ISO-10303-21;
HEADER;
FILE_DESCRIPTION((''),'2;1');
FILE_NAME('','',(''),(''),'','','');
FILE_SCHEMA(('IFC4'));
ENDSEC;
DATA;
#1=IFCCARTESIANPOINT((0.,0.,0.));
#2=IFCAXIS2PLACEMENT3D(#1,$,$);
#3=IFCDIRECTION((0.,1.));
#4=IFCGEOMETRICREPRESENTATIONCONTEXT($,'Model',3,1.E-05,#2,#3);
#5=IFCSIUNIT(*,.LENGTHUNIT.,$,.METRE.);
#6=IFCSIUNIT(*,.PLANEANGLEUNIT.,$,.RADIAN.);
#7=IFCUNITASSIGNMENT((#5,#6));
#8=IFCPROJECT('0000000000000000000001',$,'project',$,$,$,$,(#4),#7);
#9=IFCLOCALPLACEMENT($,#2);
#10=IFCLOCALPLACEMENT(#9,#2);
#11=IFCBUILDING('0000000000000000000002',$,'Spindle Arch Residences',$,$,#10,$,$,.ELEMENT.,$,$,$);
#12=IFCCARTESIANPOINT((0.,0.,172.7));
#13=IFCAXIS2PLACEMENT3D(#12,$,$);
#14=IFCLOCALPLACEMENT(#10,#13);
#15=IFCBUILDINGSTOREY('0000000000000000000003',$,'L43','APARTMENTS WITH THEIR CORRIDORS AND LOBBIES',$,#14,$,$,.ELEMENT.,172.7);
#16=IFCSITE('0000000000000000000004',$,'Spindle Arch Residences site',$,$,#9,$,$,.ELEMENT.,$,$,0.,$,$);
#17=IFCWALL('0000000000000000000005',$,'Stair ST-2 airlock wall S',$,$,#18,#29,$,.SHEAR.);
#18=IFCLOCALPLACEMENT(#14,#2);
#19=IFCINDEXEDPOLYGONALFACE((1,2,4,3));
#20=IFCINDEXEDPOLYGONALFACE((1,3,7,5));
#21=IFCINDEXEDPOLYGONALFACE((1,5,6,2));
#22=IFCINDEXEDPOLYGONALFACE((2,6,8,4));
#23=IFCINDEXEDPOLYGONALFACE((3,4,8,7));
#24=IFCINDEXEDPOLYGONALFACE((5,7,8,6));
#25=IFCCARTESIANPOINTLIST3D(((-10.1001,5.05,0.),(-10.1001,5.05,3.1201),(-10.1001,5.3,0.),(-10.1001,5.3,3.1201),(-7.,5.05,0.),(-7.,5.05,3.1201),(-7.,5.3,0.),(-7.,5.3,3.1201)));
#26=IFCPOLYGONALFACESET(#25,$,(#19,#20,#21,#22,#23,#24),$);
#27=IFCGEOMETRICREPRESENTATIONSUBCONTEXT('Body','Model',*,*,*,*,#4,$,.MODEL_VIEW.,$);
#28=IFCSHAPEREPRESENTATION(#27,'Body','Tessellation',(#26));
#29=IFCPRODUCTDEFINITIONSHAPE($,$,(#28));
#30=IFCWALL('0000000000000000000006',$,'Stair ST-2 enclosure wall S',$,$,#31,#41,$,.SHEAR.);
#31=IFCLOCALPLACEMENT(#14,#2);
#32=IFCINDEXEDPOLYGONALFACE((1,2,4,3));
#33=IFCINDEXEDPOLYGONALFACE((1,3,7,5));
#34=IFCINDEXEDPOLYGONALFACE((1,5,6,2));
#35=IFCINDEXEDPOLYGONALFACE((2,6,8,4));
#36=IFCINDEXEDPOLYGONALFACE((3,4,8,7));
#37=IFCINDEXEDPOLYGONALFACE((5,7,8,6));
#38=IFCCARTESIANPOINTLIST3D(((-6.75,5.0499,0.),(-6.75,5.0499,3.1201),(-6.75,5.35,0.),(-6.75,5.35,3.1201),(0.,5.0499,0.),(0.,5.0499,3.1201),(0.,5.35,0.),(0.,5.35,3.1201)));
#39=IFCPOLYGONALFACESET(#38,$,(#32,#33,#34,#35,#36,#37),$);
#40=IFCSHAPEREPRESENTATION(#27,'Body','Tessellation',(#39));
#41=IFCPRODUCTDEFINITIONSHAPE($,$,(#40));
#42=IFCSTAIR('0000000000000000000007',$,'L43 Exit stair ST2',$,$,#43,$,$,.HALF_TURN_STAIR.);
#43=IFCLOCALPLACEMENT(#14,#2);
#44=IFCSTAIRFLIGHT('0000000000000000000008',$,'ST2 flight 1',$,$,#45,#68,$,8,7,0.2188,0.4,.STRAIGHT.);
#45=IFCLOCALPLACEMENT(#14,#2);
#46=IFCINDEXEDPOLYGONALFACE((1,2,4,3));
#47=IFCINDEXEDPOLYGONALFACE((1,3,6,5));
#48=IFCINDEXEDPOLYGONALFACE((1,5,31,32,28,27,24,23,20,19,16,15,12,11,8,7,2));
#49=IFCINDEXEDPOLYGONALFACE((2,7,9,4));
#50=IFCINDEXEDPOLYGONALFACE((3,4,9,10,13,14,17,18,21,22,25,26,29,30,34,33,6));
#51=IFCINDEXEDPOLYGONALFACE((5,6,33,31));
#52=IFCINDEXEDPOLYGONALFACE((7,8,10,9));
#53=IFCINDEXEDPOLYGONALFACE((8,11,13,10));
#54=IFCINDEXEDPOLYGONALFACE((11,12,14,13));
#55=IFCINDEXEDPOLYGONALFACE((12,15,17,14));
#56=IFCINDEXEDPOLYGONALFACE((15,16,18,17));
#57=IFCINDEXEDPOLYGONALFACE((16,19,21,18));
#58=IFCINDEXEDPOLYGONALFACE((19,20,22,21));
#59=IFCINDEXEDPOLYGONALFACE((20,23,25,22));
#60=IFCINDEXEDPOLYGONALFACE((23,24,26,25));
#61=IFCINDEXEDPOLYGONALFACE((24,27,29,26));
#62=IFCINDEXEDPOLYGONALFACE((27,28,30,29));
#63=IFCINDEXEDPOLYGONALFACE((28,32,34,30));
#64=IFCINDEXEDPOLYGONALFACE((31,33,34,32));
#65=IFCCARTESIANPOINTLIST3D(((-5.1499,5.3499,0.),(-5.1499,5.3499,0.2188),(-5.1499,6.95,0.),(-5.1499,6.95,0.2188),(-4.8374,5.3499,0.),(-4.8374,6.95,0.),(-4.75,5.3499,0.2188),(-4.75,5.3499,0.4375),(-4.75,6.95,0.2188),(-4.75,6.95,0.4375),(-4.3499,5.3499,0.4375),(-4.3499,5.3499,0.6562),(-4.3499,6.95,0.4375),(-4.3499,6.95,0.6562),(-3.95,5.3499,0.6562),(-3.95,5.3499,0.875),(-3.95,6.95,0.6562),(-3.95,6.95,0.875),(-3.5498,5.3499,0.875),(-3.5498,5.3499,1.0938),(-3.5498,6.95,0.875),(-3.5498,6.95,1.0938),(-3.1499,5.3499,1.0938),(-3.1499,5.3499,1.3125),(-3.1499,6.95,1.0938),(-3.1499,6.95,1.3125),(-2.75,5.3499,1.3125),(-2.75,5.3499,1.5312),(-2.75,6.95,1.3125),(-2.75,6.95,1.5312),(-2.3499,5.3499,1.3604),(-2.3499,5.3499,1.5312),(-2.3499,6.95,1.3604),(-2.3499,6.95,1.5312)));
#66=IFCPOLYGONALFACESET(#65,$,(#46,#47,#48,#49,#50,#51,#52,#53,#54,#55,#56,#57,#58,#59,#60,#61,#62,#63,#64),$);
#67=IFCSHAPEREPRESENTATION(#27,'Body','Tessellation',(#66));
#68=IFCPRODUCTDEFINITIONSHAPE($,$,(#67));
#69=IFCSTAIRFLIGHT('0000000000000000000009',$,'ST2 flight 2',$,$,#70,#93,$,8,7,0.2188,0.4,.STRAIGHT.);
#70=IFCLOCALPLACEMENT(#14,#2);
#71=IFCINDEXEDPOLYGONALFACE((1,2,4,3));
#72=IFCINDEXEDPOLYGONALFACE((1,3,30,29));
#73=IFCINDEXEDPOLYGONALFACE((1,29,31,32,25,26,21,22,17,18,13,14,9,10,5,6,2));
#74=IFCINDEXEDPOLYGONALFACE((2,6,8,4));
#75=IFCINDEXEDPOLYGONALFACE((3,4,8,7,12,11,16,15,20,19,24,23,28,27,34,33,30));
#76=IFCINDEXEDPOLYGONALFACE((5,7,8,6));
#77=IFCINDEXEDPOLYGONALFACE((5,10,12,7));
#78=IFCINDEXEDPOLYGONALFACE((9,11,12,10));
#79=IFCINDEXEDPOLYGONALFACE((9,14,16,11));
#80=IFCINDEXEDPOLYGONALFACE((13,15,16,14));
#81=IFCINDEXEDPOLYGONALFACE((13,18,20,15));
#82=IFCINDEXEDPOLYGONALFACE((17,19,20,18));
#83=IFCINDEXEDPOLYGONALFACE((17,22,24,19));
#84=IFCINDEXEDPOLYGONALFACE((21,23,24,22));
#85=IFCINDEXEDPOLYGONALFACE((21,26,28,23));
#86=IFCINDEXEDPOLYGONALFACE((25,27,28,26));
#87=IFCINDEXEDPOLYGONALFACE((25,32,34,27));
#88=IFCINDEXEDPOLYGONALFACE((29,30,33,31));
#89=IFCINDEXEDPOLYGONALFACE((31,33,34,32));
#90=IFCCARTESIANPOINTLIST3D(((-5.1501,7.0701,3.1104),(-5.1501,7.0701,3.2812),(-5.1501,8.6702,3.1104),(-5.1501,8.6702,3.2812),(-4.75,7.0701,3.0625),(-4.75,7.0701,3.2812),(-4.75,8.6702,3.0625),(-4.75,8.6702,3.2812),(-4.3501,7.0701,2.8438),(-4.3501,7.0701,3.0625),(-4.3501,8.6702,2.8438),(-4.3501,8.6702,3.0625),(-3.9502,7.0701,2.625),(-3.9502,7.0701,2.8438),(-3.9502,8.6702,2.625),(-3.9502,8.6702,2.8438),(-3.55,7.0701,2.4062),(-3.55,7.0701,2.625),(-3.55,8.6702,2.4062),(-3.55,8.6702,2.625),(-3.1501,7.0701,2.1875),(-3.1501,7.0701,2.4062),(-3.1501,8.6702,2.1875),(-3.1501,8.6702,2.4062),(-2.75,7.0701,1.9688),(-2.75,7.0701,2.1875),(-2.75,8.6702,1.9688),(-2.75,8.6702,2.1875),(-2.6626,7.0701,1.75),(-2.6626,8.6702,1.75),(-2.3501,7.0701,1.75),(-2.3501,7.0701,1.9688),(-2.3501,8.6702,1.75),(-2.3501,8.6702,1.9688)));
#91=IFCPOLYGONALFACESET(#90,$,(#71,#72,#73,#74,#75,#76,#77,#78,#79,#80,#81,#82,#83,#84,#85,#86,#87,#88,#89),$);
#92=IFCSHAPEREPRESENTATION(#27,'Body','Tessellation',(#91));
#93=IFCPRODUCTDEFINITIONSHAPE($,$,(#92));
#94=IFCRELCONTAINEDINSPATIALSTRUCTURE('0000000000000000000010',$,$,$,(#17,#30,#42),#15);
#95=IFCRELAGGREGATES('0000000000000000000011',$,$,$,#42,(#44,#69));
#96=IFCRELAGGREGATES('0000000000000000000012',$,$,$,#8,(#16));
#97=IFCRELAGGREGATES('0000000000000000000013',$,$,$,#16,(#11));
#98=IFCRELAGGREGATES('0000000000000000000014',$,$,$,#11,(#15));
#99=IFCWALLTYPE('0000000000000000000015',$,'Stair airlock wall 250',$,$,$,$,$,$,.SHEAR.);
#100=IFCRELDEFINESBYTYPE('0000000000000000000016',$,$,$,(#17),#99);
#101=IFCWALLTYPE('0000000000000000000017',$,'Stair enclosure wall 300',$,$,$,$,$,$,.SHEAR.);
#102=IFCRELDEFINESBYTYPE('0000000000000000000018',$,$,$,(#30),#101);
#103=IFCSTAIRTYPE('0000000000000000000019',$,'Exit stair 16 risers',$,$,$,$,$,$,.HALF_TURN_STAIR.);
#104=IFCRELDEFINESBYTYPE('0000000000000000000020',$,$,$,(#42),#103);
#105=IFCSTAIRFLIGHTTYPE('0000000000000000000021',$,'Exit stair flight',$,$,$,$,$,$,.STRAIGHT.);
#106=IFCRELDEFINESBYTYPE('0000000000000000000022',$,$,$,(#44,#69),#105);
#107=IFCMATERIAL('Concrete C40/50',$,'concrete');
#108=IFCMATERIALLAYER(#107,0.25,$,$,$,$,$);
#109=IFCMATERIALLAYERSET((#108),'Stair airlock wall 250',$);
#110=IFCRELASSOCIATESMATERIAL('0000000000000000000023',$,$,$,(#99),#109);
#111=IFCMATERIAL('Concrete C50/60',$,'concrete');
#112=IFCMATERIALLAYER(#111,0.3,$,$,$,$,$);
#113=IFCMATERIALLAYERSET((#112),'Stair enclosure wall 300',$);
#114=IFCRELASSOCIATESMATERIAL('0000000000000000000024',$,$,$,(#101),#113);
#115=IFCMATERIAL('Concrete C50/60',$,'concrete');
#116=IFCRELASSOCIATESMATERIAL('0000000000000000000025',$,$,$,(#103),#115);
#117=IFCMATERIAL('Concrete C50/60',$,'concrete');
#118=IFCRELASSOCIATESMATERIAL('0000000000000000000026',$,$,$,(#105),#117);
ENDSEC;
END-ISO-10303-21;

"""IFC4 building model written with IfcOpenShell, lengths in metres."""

from ifc_helpers import new_model, si_unit, direction, frame, frame_2d, origin, place, context, subcontext, project, spatial, polyline, rectangle, outline, extrude, material, layer, layer_set, type_object, element, aggregate, save


model = new_model("IFC4")

# Units and contexts
model_context = context("Model", 3, precision=1e-05, world=origin(), true_north=direction((0.0, 1.0)))
body_context = subcontext(model_context, "Body", "Model", "MODEL_VIEW")
ifc_project = project(units=[si_unit("LENGTHUNIT", "METRE"), si_unit("PLANEANGLEUNIT", "RADIAN")], contexts=[model_context])

# Site, building, storey
site_placement = place(None, origin())
site = spatial("IfcSite", under=ifc_project, at=site_placement, Name="Spindle Arch Residences site", CompositionType="ELEMENT", RefElevation=0.0)
building_placement = place(site_placement, origin())
building = spatial("IfcBuilding", under=site, at=building_placement, Name="Spindle Arch Residences", CompositionType="ELEMENT")
storey_placement = place(building_placement, frame((0.0, 0.0, 172.7)))
storey = spatial("IfcBuildingStorey", under=building, at=storey_placement, Name="L43", Description="APARTMENTS WITH THEIR CORRIDORS AND LOBBIES", CompositionType="ELEMENT", Elevation=172.7)

# Walls
ifc_material_1 = material(Name="Concrete C40/50", Category="concrete")
ifc_layer_1 = layer(ifc_material_1, 0.25)
ifc_layer_set_1 = layer_set([ifc_layer_1], Name="Stair airlock wall 250")
wall_type_1 = type_object("IfcWallType", Name="Stair airlock wall 250", PredefinedType="SHEAR", material=ifc_layer_set_1)
wall_1_placement = place(storey_placement, frame((-7.0, 5.175, 0.0), z_axis=(0.0, 0.0, 1.0), x_axis=(-1.0, 0.0, 0.0)))
element("IfcWall", 1, at=wall_1_placement, inside=storey, type_object=wall_type_1, Name="Stair ST-2 airlock wall S", PredefinedType="SHEAR", context=body_context, shape_type="SweptSolid", body=[
    extrude(rectangle(XDim=3.1001, YDim=0.25, at=frame_2d((1.55, 0.0))), origin(), (0.0, 0.0, 1.0), 3.1201),
])
ifc_material_2 = material(Name="Concrete C50/60", Category="concrete")
ifc_layer_2 = layer(ifc_material_2, 0.3)
ifc_layer_set_2 = layer_set([ifc_layer_2], Name="Stair enclosure wall 300")
wall_type_2 = type_object("IfcWallType", Name="Stair enclosure wall 300", PredefinedType="SHEAR", material=ifc_layer_set_2)
wall_2_placement = place(storey_placement, frame((-6.75, 5.2, 0.0), z_axis=(0.0, 0.0, 1.0), x_axis=(1.0, 0.0, 0.0)))
element("IfcWall", 2, at=wall_2_placement, inside=storey, type_object=wall_type_2, Name="Stair ST-2 enclosure wall S", PredefinedType="SHEAR", context=body_context, shape_type="SweptSolid", body=[
    extrude(rectangle(XDim=6.75, YDim=0.3, at=frame_2d((3.375, 0.0))), origin(), (0.0, 0.0, 1.0), 3.1201),
])

# Stair, stair flights
ifc_material_3 = material(Name="Concrete C50/60", Category="concrete")
stair_type = type_object("IfcStairType", Name="Exit stair 16 risers", PredefinedType="HALF_TURN_STAIR", material=ifc_material_3)
stair_placement = place(storey_placement, origin())
stair = element("IfcStair", 3, at=stair_placement, inside=storey, type_object=stair_type, Name="L43 Exit stair ST2", PredefinedType="HALF_TURN_STAIR")
ifc_material_4 = material(Name="Concrete C50/60", Category="concrete")
stair_flight_type = type_object("IfcStairFlightType", Name="Exit stair flight", PredefinedType="STRAIGHT", material=ifc_material_4)
stair_flight_1_placement = place(storey_placement, frame((-5.1499, 6.1499, 0.0), z_axis=(0.0, 0.0, 1.0), x_axis=(1.0, 0.0, 0.0)))
stair_flight_1 = element("IfcStairFlight", 4, at=stair_flight_1_placement, type_object=stair_flight_type, Name="ST2 flight 1", NumberOfRisers=8, NumberOfTreads=7, PredefinedType="STRAIGHT", RiserHeight=0.2188, TreadLength=0.4, context=body_context, shape_type="SweptSolid", body=[
    extrude(outline(polyline([(0.0, 0.0), (0.0, 0.2188), (0.3999, 0.2188), (0.3999, 0.4375), (0.8, 0.4375), (0.8, 0.6562), (1.2, 0.6562), (1.2, 0.875), (1.6001, 0.875), (1.6001, 1.0938), (2.0, 1.0938), (2.0, 1.3125), (2.3999, 1.3125), (2.3999, 1.5312), (2.8, 1.5312), (2.8, 1.75), (2.8, 1.3604), (0.3125, 0.0), (0.0, 0.0)])), frame((0.0, 0.8, 0.0), z_axis=(0.0, -1.0, 0.0), x_axis=(1.0, 0.0, 0.0)), (0.0, 0.0, 1.0), 1.6001),
])
stair_flight_2_placement = place(storey_placement, frame((-2.3501, 7.8701, 1.75), z_axis=(0.0, 0.0, 1.0), x_axis=(-1.0, 0.0, 0.0)))
stair_flight_2 = element("IfcStairFlight", 5, at=stair_flight_2_placement, type_object=stair_flight_type, Name="ST2 flight 2", NumberOfRisers=8, NumberOfTreads=7, PredefinedType="STRAIGHT", RiserHeight=0.2188, TreadLength=0.4, context=body_context, shape_type="SweptSolid", body=[
    extrude(outline(polyline([(0.0, 0.0), (0.0, 0.2188), (0.3999, 0.2188), (0.3999, 0.4375), (0.8, 0.4375), (0.8, 0.6562), (1.2, 0.6562), (1.2, 0.875), (1.6001, 0.875), (1.6001, 1.0938), (2.0, 1.0938), (2.0, 1.3125), (2.3999, 1.3125), (2.3999, 1.5312), (2.8, 1.5312), (2.8, 1.75), (2.8, 1.3604), (0.3125, 0.0), (0.0, 0.0)])), frame((0.0, 0.8, 0.0), z_axis=(0.0, -1.0, 0.0), x_axis=(1.0, 0.0, 0.0)), (0.0, 0.0, 1.0), 1.6001),
])
aggregate(stair, [stair_flight_1, stair_flight_2])

save(model, "model.ifc")
